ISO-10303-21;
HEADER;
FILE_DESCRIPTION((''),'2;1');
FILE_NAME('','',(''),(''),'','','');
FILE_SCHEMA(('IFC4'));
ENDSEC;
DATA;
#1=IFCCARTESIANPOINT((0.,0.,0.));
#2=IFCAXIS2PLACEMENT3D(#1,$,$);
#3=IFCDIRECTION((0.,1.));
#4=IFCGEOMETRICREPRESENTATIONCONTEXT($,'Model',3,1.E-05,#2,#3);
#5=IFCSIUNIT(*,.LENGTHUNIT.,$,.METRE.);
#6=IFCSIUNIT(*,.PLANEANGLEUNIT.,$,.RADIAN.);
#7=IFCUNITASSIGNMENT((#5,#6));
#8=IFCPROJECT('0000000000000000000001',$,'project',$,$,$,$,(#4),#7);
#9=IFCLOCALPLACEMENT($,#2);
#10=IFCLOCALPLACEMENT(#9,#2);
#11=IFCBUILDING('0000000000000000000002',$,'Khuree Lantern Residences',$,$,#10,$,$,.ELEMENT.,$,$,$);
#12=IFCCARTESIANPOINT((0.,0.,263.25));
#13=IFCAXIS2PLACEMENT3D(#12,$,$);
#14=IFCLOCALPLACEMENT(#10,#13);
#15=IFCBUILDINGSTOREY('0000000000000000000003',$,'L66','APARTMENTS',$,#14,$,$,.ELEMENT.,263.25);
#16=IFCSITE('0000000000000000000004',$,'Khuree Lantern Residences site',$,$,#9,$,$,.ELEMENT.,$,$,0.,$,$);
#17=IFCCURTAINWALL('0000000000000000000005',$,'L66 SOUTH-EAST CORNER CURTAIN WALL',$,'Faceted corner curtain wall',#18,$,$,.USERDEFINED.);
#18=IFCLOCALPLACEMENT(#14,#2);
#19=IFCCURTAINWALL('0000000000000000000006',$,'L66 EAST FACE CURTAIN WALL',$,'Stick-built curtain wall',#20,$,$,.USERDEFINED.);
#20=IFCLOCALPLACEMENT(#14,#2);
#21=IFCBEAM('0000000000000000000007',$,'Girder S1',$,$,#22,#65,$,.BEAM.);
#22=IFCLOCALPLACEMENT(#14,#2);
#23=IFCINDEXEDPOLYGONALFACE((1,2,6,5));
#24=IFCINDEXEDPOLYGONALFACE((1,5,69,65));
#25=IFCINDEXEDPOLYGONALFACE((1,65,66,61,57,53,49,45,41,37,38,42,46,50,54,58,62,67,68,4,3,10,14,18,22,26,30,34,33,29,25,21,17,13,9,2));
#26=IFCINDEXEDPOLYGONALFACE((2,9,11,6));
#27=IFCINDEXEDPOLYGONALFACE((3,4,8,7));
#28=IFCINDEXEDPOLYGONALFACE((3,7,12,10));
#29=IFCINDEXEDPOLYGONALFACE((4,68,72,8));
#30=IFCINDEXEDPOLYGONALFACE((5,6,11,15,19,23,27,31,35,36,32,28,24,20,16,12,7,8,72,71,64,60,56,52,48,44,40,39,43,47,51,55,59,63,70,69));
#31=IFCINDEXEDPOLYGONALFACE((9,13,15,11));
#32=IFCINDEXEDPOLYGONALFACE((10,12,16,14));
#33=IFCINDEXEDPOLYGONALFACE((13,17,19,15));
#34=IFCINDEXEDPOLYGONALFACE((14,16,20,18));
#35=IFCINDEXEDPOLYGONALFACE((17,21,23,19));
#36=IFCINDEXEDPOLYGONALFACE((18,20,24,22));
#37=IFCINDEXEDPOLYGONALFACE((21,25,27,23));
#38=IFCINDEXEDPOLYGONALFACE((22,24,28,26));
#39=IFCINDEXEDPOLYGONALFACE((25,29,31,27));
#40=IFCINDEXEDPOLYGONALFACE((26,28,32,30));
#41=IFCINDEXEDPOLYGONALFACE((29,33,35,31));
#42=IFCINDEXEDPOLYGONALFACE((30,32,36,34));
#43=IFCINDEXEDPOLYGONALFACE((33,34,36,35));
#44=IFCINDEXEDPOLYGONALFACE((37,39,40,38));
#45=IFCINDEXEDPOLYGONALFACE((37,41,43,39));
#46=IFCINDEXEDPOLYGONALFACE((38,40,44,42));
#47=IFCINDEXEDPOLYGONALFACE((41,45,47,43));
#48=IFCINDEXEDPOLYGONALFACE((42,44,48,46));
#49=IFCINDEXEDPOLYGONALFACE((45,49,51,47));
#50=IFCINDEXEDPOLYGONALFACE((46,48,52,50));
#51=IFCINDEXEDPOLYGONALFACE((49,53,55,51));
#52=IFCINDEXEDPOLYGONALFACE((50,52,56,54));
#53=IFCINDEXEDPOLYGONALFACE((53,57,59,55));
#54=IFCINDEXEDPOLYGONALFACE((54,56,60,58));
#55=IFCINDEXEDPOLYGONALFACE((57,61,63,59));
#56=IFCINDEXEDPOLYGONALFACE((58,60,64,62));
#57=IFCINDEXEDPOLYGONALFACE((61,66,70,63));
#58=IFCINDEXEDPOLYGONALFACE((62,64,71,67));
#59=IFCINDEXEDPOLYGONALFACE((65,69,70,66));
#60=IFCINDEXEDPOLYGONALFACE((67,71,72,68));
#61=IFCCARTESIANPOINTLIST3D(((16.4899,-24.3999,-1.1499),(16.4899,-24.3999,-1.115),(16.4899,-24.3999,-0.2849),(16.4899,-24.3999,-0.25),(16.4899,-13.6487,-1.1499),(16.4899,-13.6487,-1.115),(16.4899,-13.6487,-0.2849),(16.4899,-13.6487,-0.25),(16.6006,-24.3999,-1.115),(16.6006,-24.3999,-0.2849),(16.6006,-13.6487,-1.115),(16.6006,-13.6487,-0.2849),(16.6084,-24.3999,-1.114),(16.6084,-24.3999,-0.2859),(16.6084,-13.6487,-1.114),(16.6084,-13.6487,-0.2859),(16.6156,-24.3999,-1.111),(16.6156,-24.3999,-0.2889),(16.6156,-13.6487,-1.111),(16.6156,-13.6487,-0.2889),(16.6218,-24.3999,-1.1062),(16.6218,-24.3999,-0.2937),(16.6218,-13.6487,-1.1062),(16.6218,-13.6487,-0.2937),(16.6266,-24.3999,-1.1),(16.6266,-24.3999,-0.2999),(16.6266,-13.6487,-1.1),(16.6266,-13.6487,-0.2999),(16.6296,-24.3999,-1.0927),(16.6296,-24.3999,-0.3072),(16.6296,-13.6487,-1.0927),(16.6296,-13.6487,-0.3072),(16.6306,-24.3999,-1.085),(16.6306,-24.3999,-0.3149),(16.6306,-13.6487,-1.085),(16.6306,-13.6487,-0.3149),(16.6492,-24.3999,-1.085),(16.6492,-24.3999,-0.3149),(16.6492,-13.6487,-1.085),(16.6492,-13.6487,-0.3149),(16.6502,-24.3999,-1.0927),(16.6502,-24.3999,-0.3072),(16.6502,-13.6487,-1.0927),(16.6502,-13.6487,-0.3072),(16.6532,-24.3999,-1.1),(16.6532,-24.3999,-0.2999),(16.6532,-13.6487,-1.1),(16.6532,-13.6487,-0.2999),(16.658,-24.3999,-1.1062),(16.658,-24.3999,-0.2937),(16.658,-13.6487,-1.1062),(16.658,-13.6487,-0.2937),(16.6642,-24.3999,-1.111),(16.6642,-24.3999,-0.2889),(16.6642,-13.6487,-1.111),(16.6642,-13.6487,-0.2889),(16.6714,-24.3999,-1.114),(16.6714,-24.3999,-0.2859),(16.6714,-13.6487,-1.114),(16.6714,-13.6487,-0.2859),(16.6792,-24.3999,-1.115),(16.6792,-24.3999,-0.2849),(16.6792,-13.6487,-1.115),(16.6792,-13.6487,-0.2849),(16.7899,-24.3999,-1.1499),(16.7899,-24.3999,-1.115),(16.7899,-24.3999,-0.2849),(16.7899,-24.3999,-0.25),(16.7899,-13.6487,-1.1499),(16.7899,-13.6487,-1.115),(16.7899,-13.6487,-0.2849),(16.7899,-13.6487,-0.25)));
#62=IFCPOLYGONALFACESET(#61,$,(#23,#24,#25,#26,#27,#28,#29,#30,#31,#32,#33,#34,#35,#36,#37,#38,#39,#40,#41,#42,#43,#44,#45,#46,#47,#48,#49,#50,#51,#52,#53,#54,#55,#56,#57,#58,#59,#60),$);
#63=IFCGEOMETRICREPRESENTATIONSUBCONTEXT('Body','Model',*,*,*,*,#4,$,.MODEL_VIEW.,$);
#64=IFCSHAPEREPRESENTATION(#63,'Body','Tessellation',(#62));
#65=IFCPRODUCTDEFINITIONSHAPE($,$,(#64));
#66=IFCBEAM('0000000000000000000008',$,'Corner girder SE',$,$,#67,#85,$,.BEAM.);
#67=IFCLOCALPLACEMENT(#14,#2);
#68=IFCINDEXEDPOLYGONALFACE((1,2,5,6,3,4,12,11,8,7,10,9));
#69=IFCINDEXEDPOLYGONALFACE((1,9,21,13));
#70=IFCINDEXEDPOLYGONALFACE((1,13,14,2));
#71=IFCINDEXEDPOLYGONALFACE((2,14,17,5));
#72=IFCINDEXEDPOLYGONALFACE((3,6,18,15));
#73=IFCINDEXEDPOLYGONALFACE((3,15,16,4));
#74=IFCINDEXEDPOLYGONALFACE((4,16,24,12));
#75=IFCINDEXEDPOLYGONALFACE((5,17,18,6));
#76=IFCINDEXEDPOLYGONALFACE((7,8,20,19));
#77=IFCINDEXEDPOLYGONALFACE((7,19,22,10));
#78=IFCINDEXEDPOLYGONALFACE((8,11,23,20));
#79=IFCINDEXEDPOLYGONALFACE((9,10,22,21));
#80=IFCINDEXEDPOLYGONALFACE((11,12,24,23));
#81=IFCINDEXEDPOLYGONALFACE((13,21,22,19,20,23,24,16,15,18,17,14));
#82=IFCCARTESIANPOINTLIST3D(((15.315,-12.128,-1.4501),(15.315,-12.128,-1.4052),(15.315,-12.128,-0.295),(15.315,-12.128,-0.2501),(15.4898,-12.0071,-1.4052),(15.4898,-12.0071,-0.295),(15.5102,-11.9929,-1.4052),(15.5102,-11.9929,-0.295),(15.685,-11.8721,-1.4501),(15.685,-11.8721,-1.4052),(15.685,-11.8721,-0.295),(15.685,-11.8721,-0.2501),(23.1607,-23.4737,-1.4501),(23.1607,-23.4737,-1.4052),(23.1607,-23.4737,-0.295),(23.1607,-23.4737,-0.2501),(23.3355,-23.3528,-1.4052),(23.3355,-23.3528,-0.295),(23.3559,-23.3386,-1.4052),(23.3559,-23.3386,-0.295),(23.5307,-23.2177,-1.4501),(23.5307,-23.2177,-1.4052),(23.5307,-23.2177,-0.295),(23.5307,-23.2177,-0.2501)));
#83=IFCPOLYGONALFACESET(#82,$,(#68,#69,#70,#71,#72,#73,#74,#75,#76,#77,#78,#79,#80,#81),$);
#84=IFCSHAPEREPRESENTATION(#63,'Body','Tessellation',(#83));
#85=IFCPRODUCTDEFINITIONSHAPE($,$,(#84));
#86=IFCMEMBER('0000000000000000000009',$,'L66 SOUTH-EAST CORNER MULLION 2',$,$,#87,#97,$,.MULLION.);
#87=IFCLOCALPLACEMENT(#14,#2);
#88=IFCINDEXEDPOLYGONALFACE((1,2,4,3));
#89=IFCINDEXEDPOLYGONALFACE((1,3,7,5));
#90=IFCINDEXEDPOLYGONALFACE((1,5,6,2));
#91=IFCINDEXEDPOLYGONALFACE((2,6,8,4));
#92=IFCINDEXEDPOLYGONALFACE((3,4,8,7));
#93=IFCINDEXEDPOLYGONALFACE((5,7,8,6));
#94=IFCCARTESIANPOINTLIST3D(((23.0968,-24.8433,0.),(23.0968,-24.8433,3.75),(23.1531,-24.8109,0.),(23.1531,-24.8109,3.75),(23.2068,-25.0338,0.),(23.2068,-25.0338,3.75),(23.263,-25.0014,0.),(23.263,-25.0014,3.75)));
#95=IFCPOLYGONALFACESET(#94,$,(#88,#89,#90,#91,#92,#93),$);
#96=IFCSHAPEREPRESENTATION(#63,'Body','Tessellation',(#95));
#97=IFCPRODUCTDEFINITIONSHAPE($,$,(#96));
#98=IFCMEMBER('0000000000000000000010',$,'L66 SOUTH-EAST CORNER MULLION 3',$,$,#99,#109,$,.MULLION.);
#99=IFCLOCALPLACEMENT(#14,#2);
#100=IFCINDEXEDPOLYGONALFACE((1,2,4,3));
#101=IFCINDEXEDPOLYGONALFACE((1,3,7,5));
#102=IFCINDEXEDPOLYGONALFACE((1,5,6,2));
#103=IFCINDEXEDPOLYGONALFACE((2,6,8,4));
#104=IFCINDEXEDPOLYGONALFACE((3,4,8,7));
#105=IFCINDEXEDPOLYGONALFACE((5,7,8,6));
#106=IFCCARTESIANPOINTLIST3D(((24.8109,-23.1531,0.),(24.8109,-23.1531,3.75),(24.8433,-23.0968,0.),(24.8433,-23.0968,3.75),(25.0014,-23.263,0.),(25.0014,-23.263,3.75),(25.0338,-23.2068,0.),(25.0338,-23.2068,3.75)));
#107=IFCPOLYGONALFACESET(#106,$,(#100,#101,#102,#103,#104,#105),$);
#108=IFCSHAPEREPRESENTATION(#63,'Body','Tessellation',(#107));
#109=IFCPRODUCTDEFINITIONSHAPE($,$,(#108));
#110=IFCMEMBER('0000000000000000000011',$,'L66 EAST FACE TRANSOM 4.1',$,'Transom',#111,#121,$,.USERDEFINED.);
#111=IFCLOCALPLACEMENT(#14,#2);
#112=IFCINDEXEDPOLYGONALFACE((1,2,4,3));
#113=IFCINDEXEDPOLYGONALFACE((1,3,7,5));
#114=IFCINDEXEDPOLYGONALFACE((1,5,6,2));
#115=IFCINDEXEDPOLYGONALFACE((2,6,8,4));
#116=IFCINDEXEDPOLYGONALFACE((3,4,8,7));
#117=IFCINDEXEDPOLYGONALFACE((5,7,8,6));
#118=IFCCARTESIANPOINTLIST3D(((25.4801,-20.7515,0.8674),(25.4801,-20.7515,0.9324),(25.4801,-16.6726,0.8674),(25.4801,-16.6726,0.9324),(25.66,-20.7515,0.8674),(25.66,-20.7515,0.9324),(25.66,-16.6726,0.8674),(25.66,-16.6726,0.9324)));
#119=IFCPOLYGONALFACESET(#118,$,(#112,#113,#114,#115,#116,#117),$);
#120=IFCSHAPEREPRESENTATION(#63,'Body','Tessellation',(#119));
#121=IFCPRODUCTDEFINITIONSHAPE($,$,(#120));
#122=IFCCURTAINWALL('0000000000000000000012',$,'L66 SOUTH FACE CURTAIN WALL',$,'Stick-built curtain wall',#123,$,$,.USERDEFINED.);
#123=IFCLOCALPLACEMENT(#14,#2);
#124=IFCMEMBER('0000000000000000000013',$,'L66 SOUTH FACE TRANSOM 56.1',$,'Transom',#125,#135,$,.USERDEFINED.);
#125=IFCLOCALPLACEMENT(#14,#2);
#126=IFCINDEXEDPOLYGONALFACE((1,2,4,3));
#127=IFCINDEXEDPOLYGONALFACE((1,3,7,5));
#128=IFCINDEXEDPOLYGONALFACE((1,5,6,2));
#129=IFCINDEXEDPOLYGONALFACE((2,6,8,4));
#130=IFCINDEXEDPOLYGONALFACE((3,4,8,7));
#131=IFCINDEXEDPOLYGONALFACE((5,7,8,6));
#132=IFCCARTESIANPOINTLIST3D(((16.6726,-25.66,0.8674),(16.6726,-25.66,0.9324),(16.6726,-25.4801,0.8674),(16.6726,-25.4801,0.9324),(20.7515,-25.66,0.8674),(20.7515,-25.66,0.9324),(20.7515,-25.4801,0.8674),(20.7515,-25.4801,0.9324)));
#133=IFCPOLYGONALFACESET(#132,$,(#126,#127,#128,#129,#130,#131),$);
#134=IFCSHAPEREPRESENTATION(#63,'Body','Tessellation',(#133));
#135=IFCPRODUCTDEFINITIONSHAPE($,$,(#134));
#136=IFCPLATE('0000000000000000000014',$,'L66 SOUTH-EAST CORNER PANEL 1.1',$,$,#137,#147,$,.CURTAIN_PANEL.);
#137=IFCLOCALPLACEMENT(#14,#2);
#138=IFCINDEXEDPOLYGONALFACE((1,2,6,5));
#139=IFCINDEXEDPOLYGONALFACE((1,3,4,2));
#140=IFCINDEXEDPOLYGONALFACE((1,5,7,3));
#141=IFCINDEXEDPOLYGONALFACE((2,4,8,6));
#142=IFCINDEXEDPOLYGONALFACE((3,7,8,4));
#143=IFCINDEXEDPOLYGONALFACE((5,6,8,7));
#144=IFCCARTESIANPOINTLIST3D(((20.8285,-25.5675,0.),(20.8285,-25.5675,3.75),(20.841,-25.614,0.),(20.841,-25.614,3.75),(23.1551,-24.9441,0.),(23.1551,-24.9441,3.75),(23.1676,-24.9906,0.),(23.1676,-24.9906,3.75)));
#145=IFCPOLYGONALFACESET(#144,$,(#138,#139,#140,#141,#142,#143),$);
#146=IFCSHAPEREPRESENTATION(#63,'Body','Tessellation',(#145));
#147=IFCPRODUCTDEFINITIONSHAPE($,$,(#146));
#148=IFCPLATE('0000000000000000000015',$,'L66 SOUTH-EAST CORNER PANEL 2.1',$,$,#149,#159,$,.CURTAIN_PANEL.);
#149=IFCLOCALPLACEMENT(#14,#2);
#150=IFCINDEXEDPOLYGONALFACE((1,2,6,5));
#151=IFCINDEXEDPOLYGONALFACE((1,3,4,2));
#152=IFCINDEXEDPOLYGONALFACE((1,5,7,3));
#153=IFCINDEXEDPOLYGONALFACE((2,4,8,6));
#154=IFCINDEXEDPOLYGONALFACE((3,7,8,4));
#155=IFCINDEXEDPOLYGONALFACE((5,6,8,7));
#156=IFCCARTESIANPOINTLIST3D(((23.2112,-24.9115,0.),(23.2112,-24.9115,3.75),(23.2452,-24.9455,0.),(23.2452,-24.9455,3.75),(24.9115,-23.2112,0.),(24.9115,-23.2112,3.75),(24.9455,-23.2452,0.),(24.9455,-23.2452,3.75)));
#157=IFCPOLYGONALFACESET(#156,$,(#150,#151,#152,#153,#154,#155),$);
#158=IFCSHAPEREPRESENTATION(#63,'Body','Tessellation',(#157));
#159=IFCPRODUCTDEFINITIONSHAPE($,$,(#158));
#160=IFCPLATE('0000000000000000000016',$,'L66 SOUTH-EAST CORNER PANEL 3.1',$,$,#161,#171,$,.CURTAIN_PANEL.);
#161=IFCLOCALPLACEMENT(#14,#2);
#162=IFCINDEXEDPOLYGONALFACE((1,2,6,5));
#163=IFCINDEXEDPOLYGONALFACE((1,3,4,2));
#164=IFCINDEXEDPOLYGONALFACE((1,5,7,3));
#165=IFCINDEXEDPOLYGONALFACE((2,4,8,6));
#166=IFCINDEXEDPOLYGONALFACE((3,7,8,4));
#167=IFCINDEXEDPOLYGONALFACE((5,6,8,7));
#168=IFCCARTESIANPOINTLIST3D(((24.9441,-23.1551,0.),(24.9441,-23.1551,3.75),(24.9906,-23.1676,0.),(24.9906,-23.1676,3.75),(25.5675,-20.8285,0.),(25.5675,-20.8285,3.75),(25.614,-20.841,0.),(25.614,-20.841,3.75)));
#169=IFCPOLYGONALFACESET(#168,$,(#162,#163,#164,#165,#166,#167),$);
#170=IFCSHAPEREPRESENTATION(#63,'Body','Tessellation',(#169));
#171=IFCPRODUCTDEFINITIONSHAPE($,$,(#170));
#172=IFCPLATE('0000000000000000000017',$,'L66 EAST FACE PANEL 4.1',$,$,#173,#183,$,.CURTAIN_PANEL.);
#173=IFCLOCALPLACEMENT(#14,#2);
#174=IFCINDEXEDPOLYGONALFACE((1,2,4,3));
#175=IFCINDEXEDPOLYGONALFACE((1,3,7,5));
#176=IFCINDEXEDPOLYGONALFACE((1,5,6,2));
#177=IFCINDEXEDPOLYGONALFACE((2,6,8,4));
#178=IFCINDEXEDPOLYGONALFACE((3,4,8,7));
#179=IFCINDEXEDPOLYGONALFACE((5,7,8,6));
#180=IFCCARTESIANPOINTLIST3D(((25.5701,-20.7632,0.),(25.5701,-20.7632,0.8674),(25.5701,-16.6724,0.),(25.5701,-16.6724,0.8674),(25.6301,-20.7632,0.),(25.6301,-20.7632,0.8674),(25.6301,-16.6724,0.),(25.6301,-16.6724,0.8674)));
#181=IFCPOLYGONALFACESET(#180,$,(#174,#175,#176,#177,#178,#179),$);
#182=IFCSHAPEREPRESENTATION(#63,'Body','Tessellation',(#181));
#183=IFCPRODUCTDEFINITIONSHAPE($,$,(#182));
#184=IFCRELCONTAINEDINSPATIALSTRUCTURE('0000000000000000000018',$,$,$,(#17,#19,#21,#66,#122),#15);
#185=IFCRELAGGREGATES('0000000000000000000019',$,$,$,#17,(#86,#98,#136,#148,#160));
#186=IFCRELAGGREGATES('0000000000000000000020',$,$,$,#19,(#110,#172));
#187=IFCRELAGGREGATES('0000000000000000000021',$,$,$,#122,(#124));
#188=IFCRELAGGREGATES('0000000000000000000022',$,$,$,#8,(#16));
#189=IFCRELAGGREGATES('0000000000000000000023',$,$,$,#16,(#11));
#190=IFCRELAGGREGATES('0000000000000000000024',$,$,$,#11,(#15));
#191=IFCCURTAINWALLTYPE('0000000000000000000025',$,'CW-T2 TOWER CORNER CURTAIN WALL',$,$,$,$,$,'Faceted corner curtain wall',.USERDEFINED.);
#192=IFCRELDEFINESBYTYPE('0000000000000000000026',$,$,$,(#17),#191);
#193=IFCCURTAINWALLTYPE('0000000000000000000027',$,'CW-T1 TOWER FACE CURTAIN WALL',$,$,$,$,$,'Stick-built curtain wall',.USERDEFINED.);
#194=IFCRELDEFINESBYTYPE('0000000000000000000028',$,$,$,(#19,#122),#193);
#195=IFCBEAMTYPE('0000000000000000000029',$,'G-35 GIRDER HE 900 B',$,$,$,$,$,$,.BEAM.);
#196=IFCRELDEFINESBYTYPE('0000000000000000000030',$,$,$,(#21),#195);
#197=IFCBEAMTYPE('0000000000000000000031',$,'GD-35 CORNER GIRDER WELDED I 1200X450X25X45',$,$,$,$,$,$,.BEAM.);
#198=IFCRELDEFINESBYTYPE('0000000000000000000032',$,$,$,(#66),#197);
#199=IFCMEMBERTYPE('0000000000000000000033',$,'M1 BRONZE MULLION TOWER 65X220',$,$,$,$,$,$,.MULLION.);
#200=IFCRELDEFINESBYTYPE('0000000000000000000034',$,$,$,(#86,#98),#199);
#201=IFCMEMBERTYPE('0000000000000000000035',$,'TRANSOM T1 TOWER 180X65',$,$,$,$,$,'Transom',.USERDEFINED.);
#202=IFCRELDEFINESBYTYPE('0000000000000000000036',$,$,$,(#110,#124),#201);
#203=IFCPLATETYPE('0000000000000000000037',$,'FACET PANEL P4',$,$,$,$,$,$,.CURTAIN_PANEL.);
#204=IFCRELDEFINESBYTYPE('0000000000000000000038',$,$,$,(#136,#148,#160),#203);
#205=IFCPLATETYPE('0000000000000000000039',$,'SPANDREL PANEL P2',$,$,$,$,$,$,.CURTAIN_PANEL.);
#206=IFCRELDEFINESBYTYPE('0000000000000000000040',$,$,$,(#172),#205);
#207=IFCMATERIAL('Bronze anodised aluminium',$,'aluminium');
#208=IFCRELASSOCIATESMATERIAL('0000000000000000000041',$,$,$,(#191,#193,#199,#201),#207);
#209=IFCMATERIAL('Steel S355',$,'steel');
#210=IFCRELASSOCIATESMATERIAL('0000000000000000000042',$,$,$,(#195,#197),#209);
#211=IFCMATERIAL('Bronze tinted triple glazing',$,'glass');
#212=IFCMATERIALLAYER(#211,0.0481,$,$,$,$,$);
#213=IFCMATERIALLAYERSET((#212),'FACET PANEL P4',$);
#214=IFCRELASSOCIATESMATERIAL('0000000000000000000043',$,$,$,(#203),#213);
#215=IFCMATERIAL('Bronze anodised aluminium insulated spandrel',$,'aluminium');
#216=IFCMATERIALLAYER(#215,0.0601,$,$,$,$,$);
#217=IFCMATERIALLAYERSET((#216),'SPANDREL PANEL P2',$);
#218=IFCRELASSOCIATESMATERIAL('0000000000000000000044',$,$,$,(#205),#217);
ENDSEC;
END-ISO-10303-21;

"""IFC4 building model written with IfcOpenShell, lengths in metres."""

from ifc_helpers import new_model, si_unit, direction, frame, origin, origin_2d, place, context, subcontext, project, spatial, rectangle, i_section, extrude, material, layer, layer_set, material_profile, profile_set, type_object, element, aggregate, save


model = new_model("IFC4")

# Units and contexts
model_context = context("Model", 3, precision=1e-05, world=origin(), true_north=direction((0.0, 1.0)))
body_context = subcontext(model_context, "Body", "Model", "MODEL_VIEW")
ifc_project = project(units=[si_unit("LENGTHUNIT", "METRE"), si_unit("PLANEANGLEUNIT", "RADIAN")], contexts=[model_context])

# Site, building, storey
site_placement = place(None, origin())
site = spatial("IfcSite", under=ifc_project, at=site_placement, Name="Khuree Lantern Residences site", CompositionType="ELEMENT", RefElevation=0.0)
building_placement = place(site_placement, origin())
building = spatial("IfcBuilding", under=site, at=building_placement, Name="Khuree Lantern Residences", CompositionType="ELEMENT")
storey_placement = place(building_placement, frame((0.0, 0.0, 263.25)))
storey = spatial("IfcBuildingStorey", under=building, at=storey_placement, Name="L66", Description="APARTMENTS", CompositionType="ELEMENT", Elevation=263.25)

# Shared definitions
ifc_material_1 = material(Name="Steel S355", Category="steel")

# Curtain walls
ifc_material_2 = material(Name="Bronze anodised aluminium", Category="aluminium")
curtain_wall_type_1 = type_object("IfcCurtainWallType", Name="CW-T2 TOWER CORNER CURTAIN WALL", ElementType="Faceted corner curtain wall", PredefinedType="USERDEFINED", material=ifc_material_2)
curtain_wall_1_placement = place(storey_placement, origin())
curtain_wall_1 = element("IfcCurtainWall", 1, at=curtain_wall_1_placement, inside=storey, type_object=curtain_wall_type_1, Name="L66 SOUTH-EAST CORNER CURTAIN WALL", ObjectType="Faceted corner curtain wall", PredefinedType="USERDEFINED")
curtain_wall_type_2 = type_object("IfcCurtainWallType", Name="CW-T1 TOWER FACE CURTAIN WALL", ElementType="Stick-built curtain wall", PredefinedType="USERDEFINED", material=ifc_material_2)
curtain_wall_2_placement = place(storey_placement, origin())
curtain_wall_2 = element("IfcCurtainWall", 2, at=curtain_wall_2_placement, inside=storey, type_object=curtain_wall_type_2, Name="L66 EAST FACE CURTAIN WALL", ObjectType="Stick-built curtain wall", PredefinedType="USERDEFINED")

# Beams
ifc_material_profile_1 = material_profile(ifc_material_1, i_section(OverallWidth=0.3, OverallDepth=0.8999, WebThickness=0.0186, FlangeThickness=0.0349, FilletRadius=0.03, at=origin_2d()), Name="HE 900 B")
ifc_profile_set_1 = profile_set([ifc_material_profile_1], Name="Steel S355")
beam_type_1 = type_object("IfcBeamType", Name="G-35 GIRDER HE 900 B", PredefinedType="BEAM", material=ifc_profile_set_1)
beam_1_placement = place(storey_placement, frame((16.6399, -24.3999, -0.7), z_axis=(0.0, 1.0, 0.0), x_axis=(-1.0, 0.0, 0.0)))
element("IfcBeam", 3, at=beam_1_placement, inside=storey, type_object=beam_type_1, Name="Girder S1", PredefinedType="BEAM", context=body_context, shape_type="SweptSolid", body=[
    extrude(i_section(OverallWidth=0.3, OverallDepth=0.8999, WebThickness=0.0186, FlangeThickness=0.0349, FilletRadius=0.03, at=origin_2d()), origin(), (0.0, 0.0, 1.0), 10.7512),
])
ifc_material_profile_2 = material_profile(ifc_material_1, i_section(OverallWidth=0.45, OverallDepth=1.2, WebThickness=0.0249, FlangeThickness=0.0449, at=origin_2d()), Name="WELDED I 1200X450X25X45")
ifc_profile_set_2 = profile_set([ifc_material_profile_2], Name="Steel S355")
beam_type_2 = type_object("IfcBeamType", Name="GD-35 CORNER GIRDER WELDED I 1200X450X25X45", PredefinedType="BEAM", material=ifc_profile_set_2)
beam_2_placement = place(storey_placement, frame((23.3457, -23.3457, -0.8501), z_axis=(-0.568768, 0.822498, 0.0), x_axis=(-0.822498, -0.568768, 0.0)))
element("IfcBeam", 4, at=beam_2_placement, inside=storey, type_object=beam_type_2, Name="Corner girder SE", PredefinedType="BEAM", context=body_context, shape_type="SweptSolid", body=[
    extrude(i_section(OverallWidth=0.45, OverallDepth=1.2, WebThickness=0.0249, FlangeThickness=0.0449, at=origin_2d()), origin(), (0.0, 0.0, 1.0), 13.7942),
])

# Members
ifc_material_profile_3 = material_profile(ifc_material_2, rectangle(XDim=0.0649, YDim=0.22, at=origin_2d()), Name="M1 65X220")
ifc_profile_set_3 = profile_set([ifc_material_profile_3], Name="Bronze anodised aluminium")
member_type_1 = type_object("IfcMemberType", Name="M1 BRONZE MULLION TOWER 65X220", PredefinedType="MULLION", material=ifc_profile_set_3)
member_1_placement = place(storey_placement, frame((23.1799, -24.9224, 0.0), z_axis=(0.0, 0.0, 1.0), x_axis=(0.866025, 0.5, 0.0)))
member_1 = element("IfcMember", 5, at=member_1_placement, type_object=member_type_1, Name="L66 SOUTH-EAST CORNER MULLION 2", PredefinedType="MULLION", context=body_context, shape_type="SweptSolid", body=[
    extrude(rectangle(XDim=0.0649, YDim=0.22, at=origin_2d()), origin(), (0.0, 0.0, 1.0), 3.75),
])
member_2_placement = place(storey_placement, frame((24.9224, -23.1799, 0.0), z_axis=(0.0, 0.0, 1.0), x_axis=(0.5, 0.866025, 0.0)))
member_2 = element("IfcMember", 6, at=member_2_placement, type_object=member_type_1, Name="L66 SOUTH-EAST CORNER MULLION 3", PredefinedType="MULLION", context=body_context, shape_type="SweptSolid", body=[
    extrude(rectangle(XDim=0.0649, YDim=0.22, at=origin_2d()), origin(), (0.0, 0.0, 1.0), 3.75),
])
ifc_material_profile_4 = material_profile(ifc_material_2, rectangle(XDim=0.1799, YDim=0.0649, at=origin_2d()), Name="T1 180X65")
ifc_profile_set_4 = profile_set([ifc_material_profile_4], Name="Bronze anodised aluminium")
member_type_2 = type_object("IfcMemberType", Name="TRANSOM T1 TOWER 180X65", ElementType="Transom", PredefinedType="USERDEFINED", material=ifc_profile_set_4)
member_3_placement = place(storey_placement, frame((25.5701, -20.7515, 0.8999), z_axis=(0.0, 1.0, 0.0), x_axis=(-1.0, 0.0, 0.0)))
member_3 = element("IfcMember", 7, at=member_3_placement, type_object=member_type_2, Name="L66 EAST FACE TRANSOM 4.1", ObjectType="Transom", PredefinedType="USERDEFINED", context=body_context, shape_type="SweptSolid", body=[
    extrude(rectangle(XDim=0.1799, YDim=0.0649, at=origin_2d()), origin(), (0.0, 0.0, 1.0), 4.0789),
])

# Curtain wall, member
curtain_wall_3_placement = place(storey_placement, origin())
curtain_wall_3 = element("IfcCurtainWall", 8, at=curtain_wall_3_placement, inside=storey, type_object=curtain_wall_type_2, Name="L66 SOUTH FACE CURTAIN WALL", ObjectType="Stick-built curtain wall", PredefinedType="USERDEFINED")
member_4_placement = place(storey_placement, frame((16.6726, -25.5701, 0.8999), z_axis=(1.0, 0.0, 0.0), x_axis=(0.0, 1.0, 0.0)))
member_4 = element("IfcMember", 9, at=member_4_placement, type_object=member_type_2, Name="L66 SOUTH FACE TRANSOM 56.1", ObjectType="Transom", PredefinedType="USERDEFINED", context=body_context, shape_type="SweptSolid", body=[
    extrude(rectangle(XDim=0.1799, YDim=0.0649, at=origin_2d()), origin(), (0.0, 0.0, 1.0), 4.0789),
])

# Plates
ifc_material_3 = material(Name="Bronze tinted triple glazing", Category="glass")
ifc_layer_1 = layer(ifc_material_3, 0.0481)
ifc_layer_set_1 = layer_set([ifc_layer_1], Name="FACET PANEL P4")
plate_type_1 = type_object("IfcPlateType", Name="FACET PANEL P4", PredefinedType="CURTAIN_PANEL", material=ifc_layer_set_1)
plate_1_placement = place(storey_placement, frame((21.998, -25.2791, 0.0), z_axis=(0.0, 0.0, 1.0), x_axis=(0.965926, 0.258819, 0.0)))
plate_1 = element("IfcPlate", 10, at=plate_1_placement, type_object=plate_type_1, Name="L66 SOUTH-EAST CORNER PANEL 1.1", PredefinedType="CURTAIN_PANEL", context=body_context, shape_type="SweptSolid", body=[
    extrude(rectangle(XDim=2.4087, YDim=0.0481, at=origin_2d()), origin(), (0.0, 0.0, 1.0), 3.75),
])
plate_2_placement = place(storey_placement, frame((24.0784, -24.0784, 0.0), z_axis=(0.0, 0.0, 1.0), x_axis=(0.707107, 0.707107, 0.0)))
plate_2 = element("IfcPlate", 11, at=plate_2_placement, type_object=plate_type_1, Name="L66 SOUTH-EAST CORNER PANEL 2.1", PredefinedType="CURTAIN_PANEL", context=body_context, shape_type="SweptSolid", body=[
    extrude(rectangle(XDim=2.4045, YDim=0.0481, at=origin_2d()), origin(), (0.0, 0.0, 1.0), 3.75),
])
plate_3_placement = place(storey_placement, frame((25.2791, -21.998, 0.0), z_axis=(0.0, 0.0, 1.0), x_axis=(0.258819, 0.965926, 0.0)))
plate_3 = element("IfcPlate", 12, at=plate_3_placement, type_object=plate_type_1, Name="L66 SOUTH-EAST CORNER PANEL 3.1", PredefinedType="CURTAIN_PANEL", context=body_context, shape_type="SweptSolid", body=[
    extrude(rectangle(XDim=2.4087, YDim=0.0481, at=origin_2d()), origin(), (0.0, 0.0, 1.0), 3.75),
])
aggregate(curtain_wall_1, [member_1, member_2, plate_1, plate_2, plate_3])
ifc_material_4 = material(Name="Bronze anodised aluminium insulated spandrel", Category="aluminium")
ifc_layer_2 = layer(ifc_material_4, 0.0601)
ifc_layer_set_2 = layer_set([ifc_layer_2], Name="SPANDREL PANEL P2")
plate_type_2 = type_object("IfcPlateType", Name="SPANDREL PANEL P2", PredefinedType="CURTAIN_PANEL", material=ifc_layer_set_2)
plate_4_placement = place(storey_placement, frame((25.6001, -18.7178, 0.0), z_axis=(0.0, 0.0, 1.0), x_axis=(0.0, 1.0, 0.0)))
plate_4 = element("IfcPlate", 13, at=plate_4_placement, type_object=plate_type_2, Name="L66 EAST FACE PANEL 4.1", PredefinedType="CURTAIN_PANEL", context=body_context, shape_type="SweptSolid", body=[
    extrude(rectangle(XDim=4.0908, YDim=0.0601, at=origin_2d()), origin(), (0.0, 0.0, 1.0), 0.8674),
])
aggregate(curtain_wall_2, [member_3, plate_4])
aggregate(curtain_wall_3, [member_4])

save(model, "model.ifc")
